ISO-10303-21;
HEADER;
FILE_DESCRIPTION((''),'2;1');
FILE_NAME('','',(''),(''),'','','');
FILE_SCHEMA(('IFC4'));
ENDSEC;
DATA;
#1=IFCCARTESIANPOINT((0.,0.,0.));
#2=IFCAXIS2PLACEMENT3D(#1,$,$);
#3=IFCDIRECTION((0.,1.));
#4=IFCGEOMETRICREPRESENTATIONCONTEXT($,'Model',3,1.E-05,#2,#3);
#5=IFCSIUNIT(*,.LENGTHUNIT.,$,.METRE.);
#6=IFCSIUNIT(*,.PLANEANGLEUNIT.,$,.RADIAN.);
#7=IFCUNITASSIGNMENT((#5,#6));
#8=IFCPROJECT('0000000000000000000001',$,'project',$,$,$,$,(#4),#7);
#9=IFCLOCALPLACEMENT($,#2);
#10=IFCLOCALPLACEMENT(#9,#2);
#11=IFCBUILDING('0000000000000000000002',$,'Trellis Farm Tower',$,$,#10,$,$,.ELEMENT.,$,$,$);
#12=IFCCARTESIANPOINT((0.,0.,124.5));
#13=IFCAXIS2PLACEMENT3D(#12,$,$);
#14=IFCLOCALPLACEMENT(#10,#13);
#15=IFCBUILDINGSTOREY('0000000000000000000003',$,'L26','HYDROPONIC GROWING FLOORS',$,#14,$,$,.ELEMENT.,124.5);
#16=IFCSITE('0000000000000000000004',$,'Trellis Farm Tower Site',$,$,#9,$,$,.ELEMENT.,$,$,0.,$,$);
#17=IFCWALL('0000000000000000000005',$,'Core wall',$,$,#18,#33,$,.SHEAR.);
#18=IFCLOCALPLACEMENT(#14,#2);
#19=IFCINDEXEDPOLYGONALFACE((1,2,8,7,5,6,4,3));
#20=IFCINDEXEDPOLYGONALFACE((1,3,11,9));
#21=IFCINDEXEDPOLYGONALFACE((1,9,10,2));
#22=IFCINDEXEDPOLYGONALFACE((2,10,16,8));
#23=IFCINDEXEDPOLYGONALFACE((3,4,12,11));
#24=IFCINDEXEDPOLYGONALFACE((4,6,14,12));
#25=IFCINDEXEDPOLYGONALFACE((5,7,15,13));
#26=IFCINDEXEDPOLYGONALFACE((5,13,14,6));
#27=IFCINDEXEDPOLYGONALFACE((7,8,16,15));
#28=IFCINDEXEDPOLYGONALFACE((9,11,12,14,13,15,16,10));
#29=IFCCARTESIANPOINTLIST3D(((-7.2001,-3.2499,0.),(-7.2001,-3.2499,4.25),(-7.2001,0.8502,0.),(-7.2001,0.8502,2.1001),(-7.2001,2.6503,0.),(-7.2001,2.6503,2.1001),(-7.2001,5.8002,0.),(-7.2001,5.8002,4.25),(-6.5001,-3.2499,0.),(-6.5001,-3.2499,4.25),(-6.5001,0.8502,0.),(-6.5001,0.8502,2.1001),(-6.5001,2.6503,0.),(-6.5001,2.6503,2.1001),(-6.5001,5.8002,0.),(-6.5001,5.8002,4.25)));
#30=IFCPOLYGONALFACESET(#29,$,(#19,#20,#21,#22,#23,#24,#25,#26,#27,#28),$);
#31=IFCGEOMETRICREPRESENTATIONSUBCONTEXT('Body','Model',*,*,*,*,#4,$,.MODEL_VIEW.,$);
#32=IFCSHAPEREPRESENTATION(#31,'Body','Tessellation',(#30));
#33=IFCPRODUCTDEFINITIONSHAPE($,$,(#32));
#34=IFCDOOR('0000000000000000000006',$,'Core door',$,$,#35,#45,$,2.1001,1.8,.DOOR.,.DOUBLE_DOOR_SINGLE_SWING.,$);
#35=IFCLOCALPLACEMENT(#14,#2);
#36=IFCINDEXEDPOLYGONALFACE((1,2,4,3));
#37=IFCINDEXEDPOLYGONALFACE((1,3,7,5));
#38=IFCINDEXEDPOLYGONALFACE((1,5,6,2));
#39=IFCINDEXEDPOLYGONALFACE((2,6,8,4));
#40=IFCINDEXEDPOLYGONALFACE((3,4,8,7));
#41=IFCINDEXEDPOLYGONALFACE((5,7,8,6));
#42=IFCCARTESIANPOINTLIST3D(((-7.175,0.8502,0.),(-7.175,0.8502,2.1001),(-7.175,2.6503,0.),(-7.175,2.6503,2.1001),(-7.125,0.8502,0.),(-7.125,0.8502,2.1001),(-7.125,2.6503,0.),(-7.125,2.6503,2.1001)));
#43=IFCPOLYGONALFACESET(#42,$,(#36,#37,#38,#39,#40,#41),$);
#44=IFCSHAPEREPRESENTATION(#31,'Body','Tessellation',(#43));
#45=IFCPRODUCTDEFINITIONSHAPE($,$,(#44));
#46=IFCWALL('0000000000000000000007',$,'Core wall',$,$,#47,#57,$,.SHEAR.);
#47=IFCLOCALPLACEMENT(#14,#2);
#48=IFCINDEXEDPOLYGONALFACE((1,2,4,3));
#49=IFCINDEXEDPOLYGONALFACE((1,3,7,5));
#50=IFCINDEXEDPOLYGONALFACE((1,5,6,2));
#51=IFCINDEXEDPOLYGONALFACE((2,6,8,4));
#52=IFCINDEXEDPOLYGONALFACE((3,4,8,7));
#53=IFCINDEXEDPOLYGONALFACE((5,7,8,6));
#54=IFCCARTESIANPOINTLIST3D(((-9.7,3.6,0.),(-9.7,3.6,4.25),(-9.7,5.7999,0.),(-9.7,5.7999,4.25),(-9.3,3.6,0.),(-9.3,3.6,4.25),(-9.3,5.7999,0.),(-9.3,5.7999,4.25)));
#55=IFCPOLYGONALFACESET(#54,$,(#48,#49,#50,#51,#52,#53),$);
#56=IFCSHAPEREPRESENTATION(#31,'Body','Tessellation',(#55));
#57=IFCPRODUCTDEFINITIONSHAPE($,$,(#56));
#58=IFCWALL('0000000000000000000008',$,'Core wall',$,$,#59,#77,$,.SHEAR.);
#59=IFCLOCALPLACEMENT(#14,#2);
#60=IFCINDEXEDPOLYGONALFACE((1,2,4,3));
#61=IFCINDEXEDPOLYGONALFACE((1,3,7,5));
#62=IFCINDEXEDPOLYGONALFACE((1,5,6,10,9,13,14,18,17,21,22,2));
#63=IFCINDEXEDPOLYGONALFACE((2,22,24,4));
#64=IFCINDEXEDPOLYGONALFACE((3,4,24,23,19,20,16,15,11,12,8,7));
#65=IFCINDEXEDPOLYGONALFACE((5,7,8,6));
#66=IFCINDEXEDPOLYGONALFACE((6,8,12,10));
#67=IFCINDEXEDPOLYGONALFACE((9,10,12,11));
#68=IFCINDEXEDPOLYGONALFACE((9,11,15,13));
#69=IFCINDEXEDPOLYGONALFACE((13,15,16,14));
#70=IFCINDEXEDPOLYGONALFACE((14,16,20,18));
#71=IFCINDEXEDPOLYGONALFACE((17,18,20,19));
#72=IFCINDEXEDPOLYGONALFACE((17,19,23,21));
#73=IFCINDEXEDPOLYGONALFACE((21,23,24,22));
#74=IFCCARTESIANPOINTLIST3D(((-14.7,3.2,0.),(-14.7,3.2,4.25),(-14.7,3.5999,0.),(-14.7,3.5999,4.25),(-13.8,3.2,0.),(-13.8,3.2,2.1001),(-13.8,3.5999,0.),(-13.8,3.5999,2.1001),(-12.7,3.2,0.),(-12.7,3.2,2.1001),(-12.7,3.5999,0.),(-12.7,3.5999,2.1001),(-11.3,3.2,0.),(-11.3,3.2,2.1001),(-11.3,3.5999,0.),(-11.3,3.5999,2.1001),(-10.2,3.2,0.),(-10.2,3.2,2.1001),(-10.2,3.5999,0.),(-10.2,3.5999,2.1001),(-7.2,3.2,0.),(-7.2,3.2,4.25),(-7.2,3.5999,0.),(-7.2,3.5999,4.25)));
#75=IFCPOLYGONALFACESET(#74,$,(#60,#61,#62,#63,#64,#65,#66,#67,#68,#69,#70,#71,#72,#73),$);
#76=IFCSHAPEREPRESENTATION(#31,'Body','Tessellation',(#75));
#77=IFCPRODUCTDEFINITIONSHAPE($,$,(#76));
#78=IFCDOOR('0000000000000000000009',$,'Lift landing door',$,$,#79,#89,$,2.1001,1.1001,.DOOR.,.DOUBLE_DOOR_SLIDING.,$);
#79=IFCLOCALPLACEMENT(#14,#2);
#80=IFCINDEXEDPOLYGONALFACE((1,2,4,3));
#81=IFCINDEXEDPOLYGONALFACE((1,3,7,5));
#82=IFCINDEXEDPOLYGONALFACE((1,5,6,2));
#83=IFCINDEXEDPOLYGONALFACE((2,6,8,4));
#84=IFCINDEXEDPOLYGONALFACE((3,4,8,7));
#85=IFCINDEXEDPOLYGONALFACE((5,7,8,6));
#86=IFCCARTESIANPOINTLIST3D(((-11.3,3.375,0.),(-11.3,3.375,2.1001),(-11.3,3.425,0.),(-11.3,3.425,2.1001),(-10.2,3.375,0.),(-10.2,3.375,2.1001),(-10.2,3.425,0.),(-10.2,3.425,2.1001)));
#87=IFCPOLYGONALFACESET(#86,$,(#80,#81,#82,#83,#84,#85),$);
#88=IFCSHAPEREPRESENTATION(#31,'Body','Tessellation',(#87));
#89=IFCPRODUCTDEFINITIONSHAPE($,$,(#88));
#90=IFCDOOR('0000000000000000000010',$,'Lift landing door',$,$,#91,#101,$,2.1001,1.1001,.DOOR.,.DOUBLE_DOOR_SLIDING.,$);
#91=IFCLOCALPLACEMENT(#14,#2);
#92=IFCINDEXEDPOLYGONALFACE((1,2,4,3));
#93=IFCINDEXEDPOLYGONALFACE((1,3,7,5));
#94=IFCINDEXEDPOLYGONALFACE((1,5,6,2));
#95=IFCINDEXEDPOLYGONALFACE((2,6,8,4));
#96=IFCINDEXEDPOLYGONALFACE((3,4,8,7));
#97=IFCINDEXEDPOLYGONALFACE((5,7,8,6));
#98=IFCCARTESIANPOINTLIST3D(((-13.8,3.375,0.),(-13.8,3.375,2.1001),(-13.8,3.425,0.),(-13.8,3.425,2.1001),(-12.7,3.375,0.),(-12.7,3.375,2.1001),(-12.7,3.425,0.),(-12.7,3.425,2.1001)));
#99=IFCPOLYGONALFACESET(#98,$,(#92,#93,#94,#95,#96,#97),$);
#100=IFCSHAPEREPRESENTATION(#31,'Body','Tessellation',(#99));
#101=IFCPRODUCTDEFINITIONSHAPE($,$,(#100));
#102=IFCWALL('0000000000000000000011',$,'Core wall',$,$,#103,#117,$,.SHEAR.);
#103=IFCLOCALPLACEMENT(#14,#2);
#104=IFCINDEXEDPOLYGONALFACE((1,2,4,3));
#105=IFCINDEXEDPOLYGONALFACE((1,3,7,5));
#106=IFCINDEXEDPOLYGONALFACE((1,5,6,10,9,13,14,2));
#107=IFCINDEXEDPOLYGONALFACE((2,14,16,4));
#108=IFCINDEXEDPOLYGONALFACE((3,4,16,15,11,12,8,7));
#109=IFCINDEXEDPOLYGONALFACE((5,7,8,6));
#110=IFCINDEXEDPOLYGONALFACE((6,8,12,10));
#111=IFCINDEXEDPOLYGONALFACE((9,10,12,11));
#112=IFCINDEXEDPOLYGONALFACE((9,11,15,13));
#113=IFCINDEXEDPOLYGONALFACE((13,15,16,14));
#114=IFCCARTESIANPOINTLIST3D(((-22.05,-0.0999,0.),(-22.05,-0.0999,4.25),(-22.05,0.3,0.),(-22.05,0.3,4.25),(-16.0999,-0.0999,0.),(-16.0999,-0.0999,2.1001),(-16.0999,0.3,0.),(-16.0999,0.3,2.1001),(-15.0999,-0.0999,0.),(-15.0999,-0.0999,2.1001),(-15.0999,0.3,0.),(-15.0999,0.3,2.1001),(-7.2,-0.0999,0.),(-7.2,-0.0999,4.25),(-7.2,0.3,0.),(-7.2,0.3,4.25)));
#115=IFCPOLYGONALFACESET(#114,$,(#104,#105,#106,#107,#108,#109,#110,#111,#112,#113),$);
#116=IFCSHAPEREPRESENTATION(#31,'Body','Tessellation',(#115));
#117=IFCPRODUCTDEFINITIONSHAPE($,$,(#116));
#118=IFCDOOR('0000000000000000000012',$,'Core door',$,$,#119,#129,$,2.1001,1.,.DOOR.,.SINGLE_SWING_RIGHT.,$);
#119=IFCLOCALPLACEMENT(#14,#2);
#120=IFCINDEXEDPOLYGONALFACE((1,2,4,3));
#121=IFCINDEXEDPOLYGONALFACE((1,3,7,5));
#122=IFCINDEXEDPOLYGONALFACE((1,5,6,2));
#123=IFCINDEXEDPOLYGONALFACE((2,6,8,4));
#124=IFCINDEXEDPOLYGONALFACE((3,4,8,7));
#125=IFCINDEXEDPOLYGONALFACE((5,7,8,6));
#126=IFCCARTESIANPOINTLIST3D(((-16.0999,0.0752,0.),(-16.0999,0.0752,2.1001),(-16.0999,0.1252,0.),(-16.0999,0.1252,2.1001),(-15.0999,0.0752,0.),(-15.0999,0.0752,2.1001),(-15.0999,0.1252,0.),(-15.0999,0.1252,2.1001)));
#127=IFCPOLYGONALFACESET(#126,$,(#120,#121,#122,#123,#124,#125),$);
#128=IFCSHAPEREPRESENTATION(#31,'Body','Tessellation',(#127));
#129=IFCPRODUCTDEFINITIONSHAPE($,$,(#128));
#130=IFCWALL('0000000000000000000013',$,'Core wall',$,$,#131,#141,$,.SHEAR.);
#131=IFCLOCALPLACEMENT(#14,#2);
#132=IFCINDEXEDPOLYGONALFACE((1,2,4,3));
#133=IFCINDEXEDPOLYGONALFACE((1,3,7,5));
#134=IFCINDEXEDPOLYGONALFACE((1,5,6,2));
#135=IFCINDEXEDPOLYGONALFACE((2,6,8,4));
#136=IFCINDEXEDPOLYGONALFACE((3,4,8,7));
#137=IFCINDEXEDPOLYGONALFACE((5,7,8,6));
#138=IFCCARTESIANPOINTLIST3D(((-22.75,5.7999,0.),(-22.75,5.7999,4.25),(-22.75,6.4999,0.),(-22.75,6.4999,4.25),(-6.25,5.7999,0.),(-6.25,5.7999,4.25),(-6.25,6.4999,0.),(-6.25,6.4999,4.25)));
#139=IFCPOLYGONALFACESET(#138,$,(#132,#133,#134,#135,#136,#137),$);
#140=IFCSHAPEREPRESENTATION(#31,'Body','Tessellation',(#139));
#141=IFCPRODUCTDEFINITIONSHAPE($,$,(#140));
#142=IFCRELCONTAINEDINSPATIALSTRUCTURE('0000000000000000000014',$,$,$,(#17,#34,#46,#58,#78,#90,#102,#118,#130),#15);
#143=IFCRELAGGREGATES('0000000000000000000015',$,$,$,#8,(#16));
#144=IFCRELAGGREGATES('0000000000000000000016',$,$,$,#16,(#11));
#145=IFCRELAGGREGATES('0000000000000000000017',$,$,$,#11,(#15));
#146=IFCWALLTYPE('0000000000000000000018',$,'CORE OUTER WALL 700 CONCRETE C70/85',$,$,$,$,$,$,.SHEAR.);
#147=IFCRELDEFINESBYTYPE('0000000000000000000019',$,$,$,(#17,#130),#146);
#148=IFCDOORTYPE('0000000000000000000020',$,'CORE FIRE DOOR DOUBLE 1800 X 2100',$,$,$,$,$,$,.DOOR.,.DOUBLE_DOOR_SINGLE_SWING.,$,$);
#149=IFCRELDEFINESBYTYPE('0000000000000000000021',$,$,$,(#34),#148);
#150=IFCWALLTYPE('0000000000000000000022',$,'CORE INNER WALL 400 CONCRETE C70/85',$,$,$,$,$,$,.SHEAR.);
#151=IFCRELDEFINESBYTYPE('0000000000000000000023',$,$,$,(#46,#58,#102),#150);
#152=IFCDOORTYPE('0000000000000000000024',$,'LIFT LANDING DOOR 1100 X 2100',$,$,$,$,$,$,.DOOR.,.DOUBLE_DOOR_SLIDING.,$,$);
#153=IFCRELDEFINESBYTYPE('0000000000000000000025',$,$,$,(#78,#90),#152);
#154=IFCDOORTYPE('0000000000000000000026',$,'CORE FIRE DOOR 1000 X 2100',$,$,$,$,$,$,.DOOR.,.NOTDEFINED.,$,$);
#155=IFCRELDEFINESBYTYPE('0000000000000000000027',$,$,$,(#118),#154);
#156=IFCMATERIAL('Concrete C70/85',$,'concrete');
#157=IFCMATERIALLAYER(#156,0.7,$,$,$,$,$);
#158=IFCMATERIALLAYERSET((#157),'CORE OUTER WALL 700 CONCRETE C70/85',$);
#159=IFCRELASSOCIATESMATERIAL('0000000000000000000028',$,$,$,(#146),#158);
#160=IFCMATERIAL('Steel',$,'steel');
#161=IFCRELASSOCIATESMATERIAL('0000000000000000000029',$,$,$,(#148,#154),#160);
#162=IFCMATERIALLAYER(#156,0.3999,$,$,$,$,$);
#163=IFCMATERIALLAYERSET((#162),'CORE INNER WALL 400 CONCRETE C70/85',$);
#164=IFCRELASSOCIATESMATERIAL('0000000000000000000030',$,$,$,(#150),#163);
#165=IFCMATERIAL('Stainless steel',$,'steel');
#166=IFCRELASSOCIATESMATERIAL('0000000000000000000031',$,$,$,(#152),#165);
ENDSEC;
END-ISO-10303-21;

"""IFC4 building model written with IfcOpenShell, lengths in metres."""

from ifc_helpers import new_model, si_unit, direction, frame, frame_2d, origin, place, context, subcontext, project, spatial, rectangle, extrude, source, transform, mapped, material, layer, layer_set, type_object, element, fill, save


model = new_model("IFC4")

# Units and contexts
model_context = context("Model", 3, precision=1e-05, world=origin(), true_north=direction((0.0, 1.0)))
body_context = subcontext(model_context, "Body", "Model", "MODEL_VIEW")
ifc_project = project(units=[si_unit("LENGTHUNIT", "METRE"), si_unit("PLANEANGLEUNIT", "RADIAN")], contexts=[model_context])

# Site, building, storey
site_placement = place(None, origin())
site = spatial("IfcSite", under=ifc_project, at=site_placement, Name="Trellis Farm Tower Site", CompositionType="ELEMENT", RefElevation=0.0)
building_placement = place(site_placement, origin())
building = spatial("IfcBuilding", under=site, at=building_placement, Name="Trellis Farm Tower", CompositionType="ELEMENT")
storey_placement = place(building_placement, frame((0.0, 0.0, 124.5)))
storey = spatial("IfcBuildingStorey", under=building, at=storey_placement, Name="L26", Description="HYDROPONIC GROWING FLOORS", CompositionType="ELEMENT", Elevation=124.5)

# Wall, opening, door
ifc_material_1 = material(Name="Concrete C70/85", Category="concrete")
ifc_layer_1 = layer(ifc_material_1, 0.7)
ifc_layer_set_1 = layer_set([ifc_layer_1], Name="CORE OUTER WALL 700 CONCRETE C70/85")
wall_type_1 = type_object("IfcWallType", Name="CORE OUTER WALL 700 CONCRETE C70/85", PredefinedType="SHEAR", material=ifc_layer_set_1)
shared_shape_1 = source(origin(), body_context, "Body", "SweptSolid", [
    extrude(rectangle(XDim=9.05, YDim=0.7, at=frame_2d((4.5249, 0.0))), origin(), (0.0, 0.0, 1.0), 4.25),
])
wall_1_placement = place(storey_placement, frame((-6.8501, 5.8, 0.0), z_axis=(0.0, 0.0, 1.0), x_axis=(0.0, -1.0, 0.0)))
wall_1 = element("IfcWall", 1, at=wall_1_placement, inside=storey, type_object=wall_type_1, Name="Core wall", PredefinedType="SHEAR", context=body_context, shape_type="MappedRepresentation", body=[
    mapped(shared_shape_1, transform((0.0, 0.0, 0.0))),
])
shared_shape_2 = source(origin(), body_context, "Body", "SweptSolid", [
    extrude(rectangle(XDim=1.8, YDim=2.1001, at=frame_2d((0.8999, 1.05))), frame((0.0, 0.3601, 0.0), z_axis=(0.0, -1.0, 0.0), x_axis=(1.0, 0.0, 0.0)), (0.0, 0.0, 1.0), 0.7202),
])
opening_1_placement = place(wall_1_placement, frame((3.1499, 0.0, 0.0)))
opening_1 = element("IfcOpeningElement", 2, at=opening_1_placement, cuts=wall_1, PredefinedType="OPENING", context=body_context, shape_type="MappedRepresentation", body=[
    mapped(shared_shape_2, transform((0.0, 0.0, 0.0))),
])
ifc_material_2 = material(Name="Steel", Category="steel")
door_type_1 = type_object("IfcDoorType", Name="CORE FIRE DOOR DOUBLE 1800 X 2100", OperationType="DOUBLE_DOOR_SINGLE_SWING", PredefinedType="DOOR", material=ifc_material_2)
shared_shape_3 = source(origin(), body_context, "Body", "SweptSolid", [
    extrude(rectangle(XDim=1.8, YDim=2.1001, at=frame_2d((0.8999, 1.05))), frame((0.0, -0.2749, 0.0), z_axis=(0.0, -1.0, 0.0), x_axis=(1.0, 0.0, 0.0)), (0.0, 0.0, 1.0), 0.05),
])
door_1_placement = place(opening_1_placement, origin())
door_1 = element("IfcDoor", 3, at=door_1_placement, inside=storey, type_object=door_type_1, Name="Core door", OperationType="DOUBLE_DOOR_SINGLE_SWING", OverallHeight=2.1001, OverallWidth=1.8, PredefinedType="DOOR", context=body_context, shape_type="MappedRepresentation", body=[
    mapped(shared_shape_3, transform((0.0, 0.0, 0.0))),
])
fill(opening_1, door_1)

# Wall
ifc_layer_2 = layer(ifc_material_1, 0.3999)
ifc_layer_set_2 = layer_set([ifc_layer_2], Name="CORE INNER WALL 400 CONCRETE C70/85")
wall_type_2 = type_object("IfcWallType", Name="CORE INNER WALL 400 CONCRETE C70/85", PredefinedType="SHEAR", material=ifc_layer_set_2)
shared_shape_4 = source(origin(), body_context, "Body", "SweptSolid", [
    extrude(rectangle(XDim=2.2, YDim=0.3999, at=frame_2d((1.1001, 0.0))), origin(), (0.0, 0.0, 1.0), 4.25),
])
wall_2_placement = place(storey_placement, frame((-9.5, 5.8, 0.0), z_axis=(0.0, 0.0, 1.0), x_axis=(0.0, -1.0, 0.0)))
element("IfcWall", 4, at=wall_2_placement, inside=storey, type_object=wall_type_2, Name="Core wall", PredefinedType="SHEAR", context=body_context, shape_type="MappedRepresentation", body=[
    mapped(shared_shape_4, transform((0.0, 0.0, 0.0))),
])

# Wall, openings, doors
shared_shape_5 = source(origin(), body_context, "Body", "SweptSolid", [
    extrude(rectangle(XDim=7.5, YDim=0.3999, at=frame_2d((3.75, 0.0))), origin(), (0.0, 0.0, 1.0), 4.25),
])
wall_3_placement = place(storey_placement, frame((-7.2, 3.3999, 0.0), z_axis=(0.0, 0.0, 1.0), x_axis=(-1.0, 0.0, 0.0)))
wall_3 = element("IfcWall", 5, at=wall_3_placement, inside=storey, type_object=wall_type_2, Name="Core wall", PredefinedType="SHEAR", context=body_context, shape_type="MappedRepresentation", body=[
    mapped(shared_shape_5, transform((0.0, 0.0, 0.0))),
])
shared_shape_6 = source(origin(), body_context, "Body", "SweptSolid", [
    extrude(rectangle(XDim=1.1001, YDim=2.1001, at=frame_2d((0.55, 1.05))), frame((0.0, 0.21, 0.0), z_axis=(0.0, -1.0, 0.0), x_axis=(1.0, 0.0, 0.0)), (0.0, 0.0, 1.0), 0.4199),
])
opening_2_placement = place(wall_3_placement, frame((3.0, 0.0, 0.0)))
opening_2 = element("IfcOpeningElement", 6, at=opening_2_placement, cuts=wall_3, PredefinedType="OPENING", context=body_context, shape_type="MappedRepresentation", body=[
    mapped(shared_shape_6, transform((0.0, 0.0, 0.0))),
])
opening_3_placement = place(wall_3_placement, frame((5.5, 0.0, 0.0)))
opening_3 = element("IfcOpeningElement", 7, at=opening_3_placement, cuts=wall_3, PredefinedType="OPENING", context=body_context, shape_type="MappedRepresentation", body=[
    mapped(shared_shape_6, transform((0.0, 0.0, 0.0))),
])
ifc_material_3 = material(Name="Stainless steel", Category="steel")
door_type_2 = type_object("IfcDoorType", Name="LIFT LANDING DOOR 1100 X 2100", OperationType="DOUBLE_DOOR_SLIDING", PredefinedType="DOOR", material=ifc_material_3)
shared_shape_7 = source(origin(), body_context, "Body", "SweptSolid", [
    extrude(rectangle(XDim=1.1001, YDim=2.1001, at=frame_2d((0.55, 1.05))), frame((0.0, 0.0249, 0.0), z_axis=(0.0, -1.0, 0.0), x_axis=(1.0, 0.0, 0.0)), (0.0, 0.0, 1.0), 0.05),
])
door_2_placement = place(opening_2_placement, origin())
door_2 = element("IfcDoor", 8, at=door_2_placement, inside=storey, type_object=door_type_2, Name="Lift landing door", OperationType="DOUBLE_DOOR_SLIDING", OverallHeight=2.1001, OverallWidth=1.1001, PredefinedType="DOOR", context=body_context, shape_type="MappedRepresentation", body=[
    mapped(shared_shape_7, transform((0.0, 0.0, 0.0))),
])
fill(opening_2, door_2)
door_3_placement = place(opening_3_placement, origin())
door_3 = element("IfcDoor", 9, at=door_3_placement, inside=storey, type_object=door_type_2, Name="Lift landing door", OperationType="DOUBLE_DOOR_SLIDING", OverallHeight=2.1001, OverallWidth=1.1001, PredefinedType="DOOR", context=body_context, shape_type="MappedRepresentation", body=[
    mapped(shared_shape_7, transform((0.0, 0.0, 0.0))),
])
fill(opening_3, door_3)

# Wall, opening, door
shared_shape_8 = source(origin(), body_context, "Body", "SweptSolid", [
    extrude(rectangle(XDim=14.8501, YDim=0.3999, at=frame_2d((7.425, 0.0))), origin(), (0.0, 0.0, 1.0), 4.25),
])
wall_4_placement = place(storey_placement, frame((-7.2, 0.1001, 0.0), z_axis=(0.0, 0.0, 1.0), x_axis=(-1.0, 0.0, 0.0)))
wall_4 = element("IfcWall", 10, at=wall_4_placement, inside=storey, type_object=wall_type_2, Name="Core wall", PredefinedType="SHEAR", context=body_context, shape_type="MappedRepresentation", body=[
    mapped(shared_shape_8, transform((0.0, 0.0, 0.0))),
])
shared_shape_9 = source(origin(), body_context, "Body", "SweptSolid", [
    extrude(rectangle(XDim=1.0, YDim=2.1001, at=frame_2d((0.5, 1.05))), frame((0.0, 0.21, 0.0), z_axis=(0.0, -1.0, 0.0), x_axis=(1.0, 0.0, 0.0)), (0.0, 0.0, 1.0), 0.4199),
])
opening_4_placement = place(wall_4_placement, frame((7.8999, 0.0, 0.0)))
opening_4 = element("IfcOpeningElement", 11, at=opening_4_placement, cuts=wall_4, PredefinedType="OPENING", context=body_context, shape_type="MappedRepresentation", body=[
    mapped(shared_shape_9, transform((0.0, 0.0, 0.0))),
])
door_type_3 = type_object("IfcDoorType", Name="CORE FIRE DOOR 1000 X 2100", OperationType="NOTDEFINED", PredefinedType="DOOR", material=ifc_material_2)
shared_shape_10 = source(origin(), body_context, "Body", "SweptSolid", [
    extrude(rectangle(XDim=1.0, YDim=2.1001, at=frame_2d((0.5, 1.05))), frame((0.0, 0.0249, 0.0), z_axis=(0.0, -1.0, 0.0), x_axis=(1.0, 0.0, 0.0)), (0.0, 0.0, 1.0), 0.05),
])
door_4_placement = place(opening_4_placement, origin())
door_4 = element("IfcDoor", 12, at=door_4_placement, inside=storey, type_object=door_type_3, Name="Core door", OperationType="SINGLE_SWING_RIGHT", OverallHeight=2.1001, OverallWidth=1.0, PredefinedType="DOOR", context=body_context, shape_type="MappedRepresentation", body=[
    mapped(shared_shape_10, transform((0.0, 0.0, 0.0))),
])
fill(opening_4, door_4)

# Wall
shared_shape_11 = source(origin(), body_context, "Body", "SweptSolid", [
    extrude(rectangle(XDim=16.5, YDim=0.7, at=frame_2d((8.25, 0.0))), origin(), (0.0, 0.0, 1.0), 4.25),
])
wall_5_placement = place(storey_placement, frame((-6.25, 6.1499, 0.0), z_axis=(0.0, 0.0, 1.0), x_axis=(-1.0, 0.0, 0.0)))
element("IfcWall", 13, at=wall_5_placement, inside=storey, type_object=wall_type_1, Name="Core wall", PredefinedType="SHEAR", context=body_context, shape_type="MappedRepresentation", body=[
    mapped(shared_shape_11, transform((0.0, 0.0, 0.0))),
])

save(model, "model.ifc")
